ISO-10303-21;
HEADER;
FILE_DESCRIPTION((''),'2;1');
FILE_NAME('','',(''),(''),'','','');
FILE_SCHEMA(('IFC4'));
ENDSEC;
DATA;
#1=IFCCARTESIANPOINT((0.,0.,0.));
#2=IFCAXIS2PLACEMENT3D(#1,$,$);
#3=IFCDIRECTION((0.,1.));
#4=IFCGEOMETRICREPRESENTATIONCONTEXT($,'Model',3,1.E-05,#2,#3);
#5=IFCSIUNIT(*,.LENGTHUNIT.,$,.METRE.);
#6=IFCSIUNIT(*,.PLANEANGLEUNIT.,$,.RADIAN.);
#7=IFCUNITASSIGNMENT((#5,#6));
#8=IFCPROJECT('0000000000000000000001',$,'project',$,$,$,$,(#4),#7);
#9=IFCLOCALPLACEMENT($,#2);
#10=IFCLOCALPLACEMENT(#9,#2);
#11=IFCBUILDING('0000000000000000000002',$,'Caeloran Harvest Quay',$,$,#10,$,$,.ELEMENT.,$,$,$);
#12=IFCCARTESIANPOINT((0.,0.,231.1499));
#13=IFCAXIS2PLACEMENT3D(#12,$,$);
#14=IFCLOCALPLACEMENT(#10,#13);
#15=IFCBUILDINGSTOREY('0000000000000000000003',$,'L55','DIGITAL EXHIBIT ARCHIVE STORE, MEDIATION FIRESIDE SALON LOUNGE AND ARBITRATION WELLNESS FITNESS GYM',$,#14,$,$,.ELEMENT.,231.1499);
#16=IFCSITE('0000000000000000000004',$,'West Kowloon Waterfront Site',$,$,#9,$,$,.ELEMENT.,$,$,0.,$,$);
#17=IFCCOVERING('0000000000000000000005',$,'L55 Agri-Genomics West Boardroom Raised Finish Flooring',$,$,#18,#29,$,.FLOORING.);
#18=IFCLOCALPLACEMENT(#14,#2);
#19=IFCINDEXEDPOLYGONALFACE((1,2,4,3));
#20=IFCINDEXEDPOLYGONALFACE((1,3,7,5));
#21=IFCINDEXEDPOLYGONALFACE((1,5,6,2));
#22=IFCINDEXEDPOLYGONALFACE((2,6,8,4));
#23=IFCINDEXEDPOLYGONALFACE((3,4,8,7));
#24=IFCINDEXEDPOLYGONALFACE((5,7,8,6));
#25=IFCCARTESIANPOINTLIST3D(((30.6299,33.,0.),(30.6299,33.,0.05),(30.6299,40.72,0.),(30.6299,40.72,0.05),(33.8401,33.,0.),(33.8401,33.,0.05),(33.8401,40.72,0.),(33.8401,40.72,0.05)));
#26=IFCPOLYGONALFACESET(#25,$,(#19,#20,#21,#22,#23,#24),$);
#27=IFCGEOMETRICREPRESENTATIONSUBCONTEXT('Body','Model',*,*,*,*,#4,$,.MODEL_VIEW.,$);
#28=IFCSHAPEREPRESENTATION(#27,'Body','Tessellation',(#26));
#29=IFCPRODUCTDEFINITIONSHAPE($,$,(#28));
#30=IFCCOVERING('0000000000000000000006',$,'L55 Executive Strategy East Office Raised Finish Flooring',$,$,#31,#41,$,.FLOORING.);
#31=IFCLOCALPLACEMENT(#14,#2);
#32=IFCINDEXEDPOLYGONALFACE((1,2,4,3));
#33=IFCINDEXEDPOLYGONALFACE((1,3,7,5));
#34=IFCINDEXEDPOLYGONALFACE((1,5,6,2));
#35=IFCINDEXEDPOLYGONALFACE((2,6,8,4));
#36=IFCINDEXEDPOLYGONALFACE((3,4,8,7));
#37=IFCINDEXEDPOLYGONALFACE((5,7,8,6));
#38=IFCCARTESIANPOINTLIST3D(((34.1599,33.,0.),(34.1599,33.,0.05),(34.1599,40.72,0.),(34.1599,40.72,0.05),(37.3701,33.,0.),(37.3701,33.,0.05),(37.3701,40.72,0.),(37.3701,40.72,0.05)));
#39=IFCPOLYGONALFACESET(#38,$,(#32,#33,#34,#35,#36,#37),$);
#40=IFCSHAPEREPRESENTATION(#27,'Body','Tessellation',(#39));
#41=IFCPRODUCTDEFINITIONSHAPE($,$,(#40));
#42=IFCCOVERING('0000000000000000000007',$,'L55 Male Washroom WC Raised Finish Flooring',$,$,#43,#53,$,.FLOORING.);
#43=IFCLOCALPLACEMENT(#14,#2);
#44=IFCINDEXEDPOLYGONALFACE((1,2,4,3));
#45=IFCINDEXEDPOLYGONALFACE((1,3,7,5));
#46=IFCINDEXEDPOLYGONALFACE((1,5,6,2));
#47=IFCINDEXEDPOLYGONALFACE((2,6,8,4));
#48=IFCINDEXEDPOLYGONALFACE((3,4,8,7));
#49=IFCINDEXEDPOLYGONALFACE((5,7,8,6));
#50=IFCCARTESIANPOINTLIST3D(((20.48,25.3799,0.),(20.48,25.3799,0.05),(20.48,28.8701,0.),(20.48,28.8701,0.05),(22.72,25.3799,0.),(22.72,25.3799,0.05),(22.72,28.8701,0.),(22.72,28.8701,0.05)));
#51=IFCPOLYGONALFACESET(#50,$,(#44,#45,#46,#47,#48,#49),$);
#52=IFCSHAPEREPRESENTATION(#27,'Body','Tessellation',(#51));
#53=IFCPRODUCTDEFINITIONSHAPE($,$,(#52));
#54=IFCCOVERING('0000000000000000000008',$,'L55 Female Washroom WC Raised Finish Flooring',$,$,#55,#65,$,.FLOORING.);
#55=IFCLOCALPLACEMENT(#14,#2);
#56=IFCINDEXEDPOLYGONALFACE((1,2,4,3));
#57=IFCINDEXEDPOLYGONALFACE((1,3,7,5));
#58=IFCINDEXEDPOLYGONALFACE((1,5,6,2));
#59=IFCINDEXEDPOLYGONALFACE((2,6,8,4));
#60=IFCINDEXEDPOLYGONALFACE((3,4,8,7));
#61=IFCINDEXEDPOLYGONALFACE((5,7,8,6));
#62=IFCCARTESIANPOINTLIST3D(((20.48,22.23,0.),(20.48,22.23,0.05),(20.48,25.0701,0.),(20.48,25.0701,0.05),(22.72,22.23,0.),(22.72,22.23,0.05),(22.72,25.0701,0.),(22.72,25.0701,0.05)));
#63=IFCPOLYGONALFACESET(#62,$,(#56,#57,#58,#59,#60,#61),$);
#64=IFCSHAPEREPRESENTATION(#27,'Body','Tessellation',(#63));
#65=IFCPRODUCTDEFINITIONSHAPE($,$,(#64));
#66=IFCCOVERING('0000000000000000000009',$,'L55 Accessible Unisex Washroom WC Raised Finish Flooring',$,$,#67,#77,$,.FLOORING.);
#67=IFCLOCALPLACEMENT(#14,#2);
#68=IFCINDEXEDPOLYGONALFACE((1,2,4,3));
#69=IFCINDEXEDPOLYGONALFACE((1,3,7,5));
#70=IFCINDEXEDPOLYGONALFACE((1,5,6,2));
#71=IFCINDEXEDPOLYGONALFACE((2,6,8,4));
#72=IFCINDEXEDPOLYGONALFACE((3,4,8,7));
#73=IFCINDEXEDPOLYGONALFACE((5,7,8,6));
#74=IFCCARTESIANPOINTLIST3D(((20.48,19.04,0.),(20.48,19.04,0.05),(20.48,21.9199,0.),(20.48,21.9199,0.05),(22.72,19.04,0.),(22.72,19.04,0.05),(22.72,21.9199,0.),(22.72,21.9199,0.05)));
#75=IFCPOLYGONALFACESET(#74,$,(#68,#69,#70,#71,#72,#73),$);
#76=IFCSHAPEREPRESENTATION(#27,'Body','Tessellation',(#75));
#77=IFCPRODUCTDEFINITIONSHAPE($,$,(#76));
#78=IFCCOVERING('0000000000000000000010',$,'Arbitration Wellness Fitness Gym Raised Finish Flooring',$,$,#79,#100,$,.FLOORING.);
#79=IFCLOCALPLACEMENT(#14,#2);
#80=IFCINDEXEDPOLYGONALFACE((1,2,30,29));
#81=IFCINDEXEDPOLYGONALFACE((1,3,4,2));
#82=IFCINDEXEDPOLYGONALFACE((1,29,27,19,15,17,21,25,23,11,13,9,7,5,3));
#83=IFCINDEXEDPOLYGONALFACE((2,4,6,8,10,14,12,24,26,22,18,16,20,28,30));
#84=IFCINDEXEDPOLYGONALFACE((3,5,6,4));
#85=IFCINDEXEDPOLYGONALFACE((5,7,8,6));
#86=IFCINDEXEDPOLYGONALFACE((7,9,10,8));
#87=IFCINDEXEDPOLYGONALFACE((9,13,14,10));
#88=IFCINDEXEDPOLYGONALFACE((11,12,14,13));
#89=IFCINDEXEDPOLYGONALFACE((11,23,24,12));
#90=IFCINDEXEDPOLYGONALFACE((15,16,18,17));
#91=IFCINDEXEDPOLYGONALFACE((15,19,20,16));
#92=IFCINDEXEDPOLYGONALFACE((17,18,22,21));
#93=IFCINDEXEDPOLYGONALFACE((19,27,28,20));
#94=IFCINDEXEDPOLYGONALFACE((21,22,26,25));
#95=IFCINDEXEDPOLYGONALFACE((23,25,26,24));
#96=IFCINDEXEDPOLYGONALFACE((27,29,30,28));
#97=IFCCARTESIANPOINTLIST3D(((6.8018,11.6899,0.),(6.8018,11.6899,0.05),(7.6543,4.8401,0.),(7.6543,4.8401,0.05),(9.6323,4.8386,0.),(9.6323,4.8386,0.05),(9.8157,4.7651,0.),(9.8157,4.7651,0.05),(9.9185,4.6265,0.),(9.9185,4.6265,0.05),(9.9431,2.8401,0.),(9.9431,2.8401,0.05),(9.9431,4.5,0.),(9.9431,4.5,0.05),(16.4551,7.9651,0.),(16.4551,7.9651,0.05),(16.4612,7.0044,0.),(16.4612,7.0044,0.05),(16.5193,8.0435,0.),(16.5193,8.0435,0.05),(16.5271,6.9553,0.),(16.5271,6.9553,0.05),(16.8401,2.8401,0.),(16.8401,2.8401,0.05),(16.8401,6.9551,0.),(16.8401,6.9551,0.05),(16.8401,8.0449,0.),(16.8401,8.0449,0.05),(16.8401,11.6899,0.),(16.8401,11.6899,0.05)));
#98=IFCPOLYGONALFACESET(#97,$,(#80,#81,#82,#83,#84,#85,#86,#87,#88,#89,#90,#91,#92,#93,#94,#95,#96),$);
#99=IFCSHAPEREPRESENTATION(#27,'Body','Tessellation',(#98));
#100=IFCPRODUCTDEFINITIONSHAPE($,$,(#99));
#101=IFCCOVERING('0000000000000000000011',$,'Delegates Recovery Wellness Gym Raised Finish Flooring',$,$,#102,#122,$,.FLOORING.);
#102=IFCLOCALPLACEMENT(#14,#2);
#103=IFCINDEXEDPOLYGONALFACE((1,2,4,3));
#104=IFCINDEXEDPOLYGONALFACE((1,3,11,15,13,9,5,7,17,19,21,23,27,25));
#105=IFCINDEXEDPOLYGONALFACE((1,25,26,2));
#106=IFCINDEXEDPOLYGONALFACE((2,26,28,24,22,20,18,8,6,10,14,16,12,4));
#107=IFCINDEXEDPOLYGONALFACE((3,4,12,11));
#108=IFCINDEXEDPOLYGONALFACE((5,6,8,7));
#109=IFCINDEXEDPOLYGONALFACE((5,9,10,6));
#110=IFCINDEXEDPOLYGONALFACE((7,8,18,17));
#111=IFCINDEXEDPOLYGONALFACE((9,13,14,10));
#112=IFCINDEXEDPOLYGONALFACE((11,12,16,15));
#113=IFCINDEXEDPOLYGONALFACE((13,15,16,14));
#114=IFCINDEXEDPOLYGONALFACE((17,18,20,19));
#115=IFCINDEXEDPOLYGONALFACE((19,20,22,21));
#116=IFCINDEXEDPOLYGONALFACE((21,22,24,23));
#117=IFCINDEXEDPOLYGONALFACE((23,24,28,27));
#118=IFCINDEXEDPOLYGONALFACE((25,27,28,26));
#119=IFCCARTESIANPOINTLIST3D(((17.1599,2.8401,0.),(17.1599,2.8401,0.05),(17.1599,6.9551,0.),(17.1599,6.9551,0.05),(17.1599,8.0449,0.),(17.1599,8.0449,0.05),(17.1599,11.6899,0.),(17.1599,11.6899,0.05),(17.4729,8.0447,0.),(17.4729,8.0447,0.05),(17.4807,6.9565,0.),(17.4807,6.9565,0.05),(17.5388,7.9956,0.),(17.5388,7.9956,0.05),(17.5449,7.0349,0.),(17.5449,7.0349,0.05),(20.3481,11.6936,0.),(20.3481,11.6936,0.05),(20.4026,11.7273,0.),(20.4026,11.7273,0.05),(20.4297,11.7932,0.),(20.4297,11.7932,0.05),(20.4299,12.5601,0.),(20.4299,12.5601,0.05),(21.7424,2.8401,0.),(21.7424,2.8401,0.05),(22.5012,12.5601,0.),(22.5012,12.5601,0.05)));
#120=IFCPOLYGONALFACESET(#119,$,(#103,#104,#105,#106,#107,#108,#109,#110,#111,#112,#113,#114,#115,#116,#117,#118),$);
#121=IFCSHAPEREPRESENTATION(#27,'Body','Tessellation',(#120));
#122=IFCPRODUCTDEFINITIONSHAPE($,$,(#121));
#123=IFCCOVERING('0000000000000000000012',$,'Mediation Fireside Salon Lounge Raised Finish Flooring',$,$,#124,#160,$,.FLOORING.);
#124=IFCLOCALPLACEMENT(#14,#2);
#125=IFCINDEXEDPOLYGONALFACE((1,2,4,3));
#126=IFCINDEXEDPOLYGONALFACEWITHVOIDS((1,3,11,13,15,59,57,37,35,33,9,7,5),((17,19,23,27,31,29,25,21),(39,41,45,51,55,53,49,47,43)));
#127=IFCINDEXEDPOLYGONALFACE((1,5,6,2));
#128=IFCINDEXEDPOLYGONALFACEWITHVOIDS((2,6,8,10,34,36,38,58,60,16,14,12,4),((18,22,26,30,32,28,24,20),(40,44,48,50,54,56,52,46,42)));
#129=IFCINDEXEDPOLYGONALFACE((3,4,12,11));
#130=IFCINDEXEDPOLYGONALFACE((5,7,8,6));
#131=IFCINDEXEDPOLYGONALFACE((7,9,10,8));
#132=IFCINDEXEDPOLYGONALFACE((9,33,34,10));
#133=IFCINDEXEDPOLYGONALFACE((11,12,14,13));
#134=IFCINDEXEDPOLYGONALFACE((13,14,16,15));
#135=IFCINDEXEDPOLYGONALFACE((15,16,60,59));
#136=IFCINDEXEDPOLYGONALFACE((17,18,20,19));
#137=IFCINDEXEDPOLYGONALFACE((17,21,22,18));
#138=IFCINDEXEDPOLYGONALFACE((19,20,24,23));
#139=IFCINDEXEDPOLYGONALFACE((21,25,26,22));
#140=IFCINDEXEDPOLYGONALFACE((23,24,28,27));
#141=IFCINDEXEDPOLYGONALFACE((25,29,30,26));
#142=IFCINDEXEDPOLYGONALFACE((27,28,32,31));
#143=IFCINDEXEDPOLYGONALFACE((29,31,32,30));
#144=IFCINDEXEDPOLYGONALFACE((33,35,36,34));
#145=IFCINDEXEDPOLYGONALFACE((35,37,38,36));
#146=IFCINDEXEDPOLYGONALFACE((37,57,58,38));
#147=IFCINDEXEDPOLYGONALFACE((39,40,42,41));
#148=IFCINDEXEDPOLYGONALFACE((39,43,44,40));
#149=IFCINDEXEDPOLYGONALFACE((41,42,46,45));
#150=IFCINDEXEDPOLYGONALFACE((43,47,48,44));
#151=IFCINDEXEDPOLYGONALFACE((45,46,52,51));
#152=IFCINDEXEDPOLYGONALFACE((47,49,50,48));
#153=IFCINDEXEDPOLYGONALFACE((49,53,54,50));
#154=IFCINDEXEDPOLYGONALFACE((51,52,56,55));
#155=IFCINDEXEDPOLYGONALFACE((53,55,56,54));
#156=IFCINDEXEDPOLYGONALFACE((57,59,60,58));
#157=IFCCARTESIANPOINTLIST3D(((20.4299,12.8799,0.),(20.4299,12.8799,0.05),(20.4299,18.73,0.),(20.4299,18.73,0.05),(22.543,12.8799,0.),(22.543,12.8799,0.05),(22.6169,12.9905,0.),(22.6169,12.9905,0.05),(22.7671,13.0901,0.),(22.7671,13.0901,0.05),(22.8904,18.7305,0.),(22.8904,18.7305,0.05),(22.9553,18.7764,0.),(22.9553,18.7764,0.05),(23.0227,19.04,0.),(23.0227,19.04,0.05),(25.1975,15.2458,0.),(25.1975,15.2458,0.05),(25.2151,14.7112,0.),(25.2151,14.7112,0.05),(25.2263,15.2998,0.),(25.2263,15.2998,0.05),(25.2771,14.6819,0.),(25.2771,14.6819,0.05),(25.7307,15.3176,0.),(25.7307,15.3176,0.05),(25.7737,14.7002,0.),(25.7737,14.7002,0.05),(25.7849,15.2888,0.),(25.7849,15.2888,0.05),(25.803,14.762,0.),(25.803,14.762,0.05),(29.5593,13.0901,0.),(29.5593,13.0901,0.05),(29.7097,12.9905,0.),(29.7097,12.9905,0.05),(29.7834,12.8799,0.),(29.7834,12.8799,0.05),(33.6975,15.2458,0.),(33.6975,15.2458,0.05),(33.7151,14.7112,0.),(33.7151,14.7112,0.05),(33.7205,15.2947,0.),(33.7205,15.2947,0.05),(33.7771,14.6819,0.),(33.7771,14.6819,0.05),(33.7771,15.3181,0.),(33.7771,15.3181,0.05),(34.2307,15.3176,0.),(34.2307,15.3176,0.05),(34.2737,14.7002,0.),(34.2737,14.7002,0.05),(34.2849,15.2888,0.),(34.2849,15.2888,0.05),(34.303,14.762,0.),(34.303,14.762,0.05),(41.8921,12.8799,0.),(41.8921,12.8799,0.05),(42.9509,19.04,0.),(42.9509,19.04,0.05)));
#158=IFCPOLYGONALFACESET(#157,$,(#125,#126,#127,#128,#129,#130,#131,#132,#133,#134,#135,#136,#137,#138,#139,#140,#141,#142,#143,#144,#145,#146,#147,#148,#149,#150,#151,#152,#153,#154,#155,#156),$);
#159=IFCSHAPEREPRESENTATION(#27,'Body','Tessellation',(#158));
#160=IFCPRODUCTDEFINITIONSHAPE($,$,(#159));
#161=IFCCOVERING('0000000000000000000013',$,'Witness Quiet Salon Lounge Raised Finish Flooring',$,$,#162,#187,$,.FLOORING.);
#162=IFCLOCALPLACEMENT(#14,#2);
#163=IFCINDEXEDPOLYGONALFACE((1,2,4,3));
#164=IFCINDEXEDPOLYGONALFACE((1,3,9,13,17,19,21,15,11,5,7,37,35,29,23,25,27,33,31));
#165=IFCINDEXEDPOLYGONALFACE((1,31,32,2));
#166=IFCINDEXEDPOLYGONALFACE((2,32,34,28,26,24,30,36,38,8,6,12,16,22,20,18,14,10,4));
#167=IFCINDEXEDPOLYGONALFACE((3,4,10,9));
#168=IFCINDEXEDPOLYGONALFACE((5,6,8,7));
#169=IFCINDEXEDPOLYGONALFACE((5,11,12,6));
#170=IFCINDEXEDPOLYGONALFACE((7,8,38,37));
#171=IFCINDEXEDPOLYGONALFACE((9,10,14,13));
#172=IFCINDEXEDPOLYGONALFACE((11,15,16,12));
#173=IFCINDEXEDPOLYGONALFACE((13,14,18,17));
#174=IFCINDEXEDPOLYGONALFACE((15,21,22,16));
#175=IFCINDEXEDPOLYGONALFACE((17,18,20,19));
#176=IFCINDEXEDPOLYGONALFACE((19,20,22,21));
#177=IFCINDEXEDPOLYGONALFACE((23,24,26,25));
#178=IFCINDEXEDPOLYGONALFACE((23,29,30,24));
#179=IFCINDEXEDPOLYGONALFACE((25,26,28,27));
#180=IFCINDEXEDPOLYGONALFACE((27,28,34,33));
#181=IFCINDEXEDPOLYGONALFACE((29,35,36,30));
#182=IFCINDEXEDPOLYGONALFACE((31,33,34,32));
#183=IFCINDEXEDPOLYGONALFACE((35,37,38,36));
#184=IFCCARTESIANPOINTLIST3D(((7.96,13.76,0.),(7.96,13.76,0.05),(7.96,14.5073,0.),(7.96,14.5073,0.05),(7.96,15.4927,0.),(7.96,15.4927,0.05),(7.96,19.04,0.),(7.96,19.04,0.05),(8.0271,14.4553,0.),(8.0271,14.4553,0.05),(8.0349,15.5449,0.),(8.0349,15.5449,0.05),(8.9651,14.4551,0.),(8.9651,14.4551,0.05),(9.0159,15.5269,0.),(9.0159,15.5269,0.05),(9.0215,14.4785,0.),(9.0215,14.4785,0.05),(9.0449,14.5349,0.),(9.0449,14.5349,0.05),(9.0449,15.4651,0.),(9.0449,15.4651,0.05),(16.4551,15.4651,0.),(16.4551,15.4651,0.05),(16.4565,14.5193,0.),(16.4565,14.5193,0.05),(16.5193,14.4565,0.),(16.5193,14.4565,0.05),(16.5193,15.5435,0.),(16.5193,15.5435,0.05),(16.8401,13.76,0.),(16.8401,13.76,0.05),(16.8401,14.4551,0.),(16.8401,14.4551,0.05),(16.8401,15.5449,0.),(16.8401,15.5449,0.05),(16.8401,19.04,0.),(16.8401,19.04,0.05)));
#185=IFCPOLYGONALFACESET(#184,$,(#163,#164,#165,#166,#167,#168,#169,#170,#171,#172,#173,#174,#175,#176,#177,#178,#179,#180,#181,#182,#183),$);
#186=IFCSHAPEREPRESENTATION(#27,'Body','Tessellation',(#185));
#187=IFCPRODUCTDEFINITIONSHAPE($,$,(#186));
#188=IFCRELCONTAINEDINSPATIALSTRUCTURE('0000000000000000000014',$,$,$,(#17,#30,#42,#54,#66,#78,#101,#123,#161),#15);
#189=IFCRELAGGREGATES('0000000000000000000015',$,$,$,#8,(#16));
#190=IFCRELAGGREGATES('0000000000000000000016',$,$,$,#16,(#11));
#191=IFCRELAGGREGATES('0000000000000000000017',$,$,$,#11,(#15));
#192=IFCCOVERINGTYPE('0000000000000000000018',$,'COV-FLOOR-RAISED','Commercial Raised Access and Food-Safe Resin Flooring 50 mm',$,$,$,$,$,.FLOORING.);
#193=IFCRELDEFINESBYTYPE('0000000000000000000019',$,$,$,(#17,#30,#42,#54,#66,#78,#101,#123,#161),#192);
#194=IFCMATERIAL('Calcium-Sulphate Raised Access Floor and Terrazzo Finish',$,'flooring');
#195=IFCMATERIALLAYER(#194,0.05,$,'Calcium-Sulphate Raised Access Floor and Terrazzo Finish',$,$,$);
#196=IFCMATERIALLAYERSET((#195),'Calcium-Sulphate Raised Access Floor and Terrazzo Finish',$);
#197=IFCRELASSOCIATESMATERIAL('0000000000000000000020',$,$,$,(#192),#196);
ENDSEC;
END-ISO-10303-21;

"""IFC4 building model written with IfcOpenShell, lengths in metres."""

from ifc_helpers import new_model, si_unit, direction, frame, origin, place, context, subcontext, project, spatial, polyline, outline, extrude, material, layer, layer_set, type_object, element, save


model = new_model("IFC4")

# Units and contexts
model_context = context("Model", 3, precision=1e-05, world=origin(), true_north=direction((0.0, 1.0)))
body_context = subcontext(model_context, "Body", "Model", "MODEL_VIEW")
ifc_project = project(units=[si_unit("LENGTHUNIT", "METRE"), si_unit("PLANEANGLEUNIT", "RADIAN")], contexts=[model_context])

# Site, building, storey
site_placement = place(None, origin())
site = spatial("IfcSite", under=ifc_project, at=site_placement, Name="West Kowloon Waterfront Site", CompositionType="ELEMENT", RefElevation=0.0)
building_placement = place(site_placement, origin())
building = spatial("IfcBuilding", under=site, at=building_placement, Name="Caeloran Harvest Quay", CompositionType="ELEMENT")
storey_placement = place(building_placement, frame((0.0, 0.0, 231.1499)))
storey = spatial("IfcBuildingStorey", under=building, at=storey_placement, Name="L55", Description="DIGITAL EXHIBIT ARCHIVE STORE, MEDIATION FIRESIDE SALON LOUNGE AND ARBITRATION WELLNESS FITNESS GYM", CompositionType="ELEMENT", Elevation=231.1499)

# Coverings
ifc_material_1 = material(Name="Calcium-Sulphate Raised Access Floor and Terrazzo Finish", Category="flooring")
ifc_layer_1 = layer(ifc_material_1, 0.05, Name="Calcium-Sulphate Raised Access Floor and Terrazzo Finish")
ifc_layer_set_1 = layer_set([ifc_layer_1], Name="Calcium-Sulphate Raised Access Floor and Terrazzo Finish")
covering_type_1 = type_object("IfcCoveringType", Name="COV-FLOOR-RAISED", Description="Commercial Raised Access and Food-Safe Resin Flooring 50 mm", PredefinedType="FLOORING", material=ifc_layer_set_1)
covering_1_placement = place(storey_placement, origin())
element("IfcCovering", 1, at=covering_1_placement, inside=storey, type_object=covering_type_1, Name="L55 Agri-Genomics West Boardroom Raised Finish Flooring", PredefinedType="FLOORING", context=body_context, shape_type="SweptSolid", body=[
    extrude(outline(polyline([(33.8401, 40.72), (33.8401, 33.0), (30.6299, 33.0), (30.6299, 40.72), (33.8401, 40.72)])), origin(), (0.0, 0.0, 1.0), 0.05),
])
covering_2_placement = place(storey_placement, origin())
element("IfcCovering", 2, at=covering_2_placement, inside=storey, type_object=covering_type_1, Name="L55 Executive Strategy East Office Raised Finish Flooring", PredefinedType="FLOORING", context=body_context, shape_type="SweptSolid", body=[
    extrude(outline(polyline([(37.3701, 40.72), (37.3701, 33.0), (34.1599, 33.0), (34.1599, 40.72), (37.3701, 40.72)])), origin(), (0.0, 0.0, 1.0), 0.05),
])
covering_3_placement = place(storey_placement, origin())
element("IfcCovering", 3, at=covering_3_placement, inside=storey, type_object=covering_type_1, Name="L55 Male Washroom WC Raised Finish Flooring", PredefinedType="FLOORING", context=body_context, shape_type="SweptSolid", body=[
    extrude(outline(polyline([(22.72, 28.8701), (22.72, 25.3799), (20.48, 25.3799), (20.48, 28.8701), (22.72, 28.8701)])), origin(), (0.0, 0.0, 1.0), 0.05),
])
covering_4_placement = place(storey_placement, origin())
element("IfcCovering", 4, at=covering_4_placement, inside=storey, type_object=covering_type_1, Name="L55 Female Washroom WC Raised Finish Flooring", PredefinedType="FLOORING", context=body_context, shape_type="SweptSolid", body=[
    extrude(outline(polyline([(22.72, 25.0701), (22.72, 22.23), (20.48, 22.23), (20.48, 25.0701), (22.72, 25.0701)])), origin(), (0.0, 0.0, 1.0), 0.05),
])
covering_5_placement = place(storey_placement, origin())
element("IfcCovering", 5, at=covering_5_placement, inside=storey, type_object=covering_type_1, Name="L55 Accessible Unisex Washroom WC Raised Finish Flooring", PredefinedType="FLOORING", context=body_context, shape_type="SweptSolid", body=[
    extrude(outline(polyline([(22.72, 21.9199), (22.72, 19.04), (20.48, 19.04), (20.48, 21.9199), (22.72, 21.9199)])), origin(), (0.0, 0.0, 1.0), 0.05),
])
covering_6_placement = place(storey_placement, origin())
element("IfcCovering", 6, at=covering_6_placement, inside=storey, type_object=covering_type_1, Name="Arbitration Wellness Fitness Gym Raised Finish Flooring", PredefinedType="FLOORING", context=body_context, shape_type="SweptSolid", body=[
    extrude(outline(polyline([(9.9185, 4.6265), (9.8157, 4.7651), (9.6323, 4.8386), (7.6543, 4.8401), (6.8018, 11.6899), (16.8401, 11.6899), (16.8401, 8.0449), (16.5193, 8.0435), (16.4551, 7.9651), (16.4612, 7.0044), (16.5271, 6.9553), (16.8401, 6.9551), (16.8401, 2.8401), (9.9431, 2.8401), (9.9431, 4.5), (9.9185, 4.6265)])), origin(), (0.0, 0.0, 1.0), 0.05),
])
covering_7_placement = place(storey_placement, origin())
element("IfcCovering", 7, at=covering_7_placement, inside=storey, type_object=covering_type_1, Name="Delegates Recovery Wellness Gym Raised Finish Flooring", PredefinedType="FLOORING", context=body_context, shape_type="SweptSolid", body=[
    extrude(outline(polyline([(20.3481, 11.6936), (20.4026, 11.7273), (20.4297, 11.7932), (20.4299, 12.5601), (22.5012, 12.5601), (21.7424, 2.8401), (17.1599, 2.8401), (17.1599, 6.9551), (17.4807, 6.9565), (17.5449, 7.0349), (17.5388, 7.9956), (17.4729, 8.0447), (17.1599, 8.0449), (17.1599, 11.6899), (20.3481, 11.6936)])), origin(), (0.0, 0.0, 1.0), 0.05),
])
covering_8_placement = place(storey_placement, origin())
element("IfcCovering", 8, at=covering_8_placement, inside=storey, type_object=covering_type_1, Name="Mediation Fireside Salon Lounge Raised Finish Flooring", PredefinedType="FLOORING", context=body_context, shape_type="SweptSolid", body=[
    extrude(outline(polyline([(22.543, 12.8799), (20.4299, 12.8799), (20.4299, 18.73), (22.8904, 18.7305), (22.9553, 18.7764), (23.0227, 19.04), (42.9509, 19.04), (41.8921, 12.8799), (29.7834, 12.8799), (29.7097, 12.9905), (29.5593, 13.0901), (22.7671, 13.0901), (22.6169, 12.9905), (22.543, 12.8799)]), holes=[polyline([(33.7771, 15.3181), (33.7205, 15.2947), (33.6975, 15.2458), (33.7151, 14.7112), (33.7771, 14.6819), (34.2737, 14.7002), (34.303, 14.762), (34.2849, 15.2888), (34.2307, 15.3176), (33.7771, 15.3181)]), polyline([(25.7307, 15.3176), (25.2263, 15.2998), (25.1975, 15.2458), (25.2151, 14.7112), (25.2771, 14.6819), (25.7737, 14.7002), (25.803, 14.762), (25.7849, 15.2888), (25.7307, 15.3176)])]), origin(), (0.0, 0.0, 1.0), 0.05),
])
covering_9_placement = place(storey_placement, origin())
element("IfcCovering", 9, at=covering_9_placement, inside=storey, type_object=covering_type_1, Name="Witness Quiet Salon Lounge Raised Finish Flooring", PredefinedType="FLOORING", context=body_context, shape_type="SweptSolid", body=[
    extrude(outline(polyline([(7.96, 14.5073), (8.0271, 14.4553), (8.9651, 14.4551), (9.0215, 14.4785), (9.0449, 14.5349), (9.0449, 15.4651), (9.0159, 15.5269), (8.0349, 15.5449), (7.96, 15.4927), (7.96, 19.04), (16.8401, 19.04), (16.8401, 15.5449), (16.5193, 15.5435), (16.4551, 15.4651), (16.4565, 14.5193), (16.5193, 14.4565), (16.8401, 14.4551), (16.8401, 13.76), (7.96, 13.76), (7.96, 14.5073)])), origin(), (0.0, 0.0, 1.0), 0.05),
])

save(model, "model.ifc")
